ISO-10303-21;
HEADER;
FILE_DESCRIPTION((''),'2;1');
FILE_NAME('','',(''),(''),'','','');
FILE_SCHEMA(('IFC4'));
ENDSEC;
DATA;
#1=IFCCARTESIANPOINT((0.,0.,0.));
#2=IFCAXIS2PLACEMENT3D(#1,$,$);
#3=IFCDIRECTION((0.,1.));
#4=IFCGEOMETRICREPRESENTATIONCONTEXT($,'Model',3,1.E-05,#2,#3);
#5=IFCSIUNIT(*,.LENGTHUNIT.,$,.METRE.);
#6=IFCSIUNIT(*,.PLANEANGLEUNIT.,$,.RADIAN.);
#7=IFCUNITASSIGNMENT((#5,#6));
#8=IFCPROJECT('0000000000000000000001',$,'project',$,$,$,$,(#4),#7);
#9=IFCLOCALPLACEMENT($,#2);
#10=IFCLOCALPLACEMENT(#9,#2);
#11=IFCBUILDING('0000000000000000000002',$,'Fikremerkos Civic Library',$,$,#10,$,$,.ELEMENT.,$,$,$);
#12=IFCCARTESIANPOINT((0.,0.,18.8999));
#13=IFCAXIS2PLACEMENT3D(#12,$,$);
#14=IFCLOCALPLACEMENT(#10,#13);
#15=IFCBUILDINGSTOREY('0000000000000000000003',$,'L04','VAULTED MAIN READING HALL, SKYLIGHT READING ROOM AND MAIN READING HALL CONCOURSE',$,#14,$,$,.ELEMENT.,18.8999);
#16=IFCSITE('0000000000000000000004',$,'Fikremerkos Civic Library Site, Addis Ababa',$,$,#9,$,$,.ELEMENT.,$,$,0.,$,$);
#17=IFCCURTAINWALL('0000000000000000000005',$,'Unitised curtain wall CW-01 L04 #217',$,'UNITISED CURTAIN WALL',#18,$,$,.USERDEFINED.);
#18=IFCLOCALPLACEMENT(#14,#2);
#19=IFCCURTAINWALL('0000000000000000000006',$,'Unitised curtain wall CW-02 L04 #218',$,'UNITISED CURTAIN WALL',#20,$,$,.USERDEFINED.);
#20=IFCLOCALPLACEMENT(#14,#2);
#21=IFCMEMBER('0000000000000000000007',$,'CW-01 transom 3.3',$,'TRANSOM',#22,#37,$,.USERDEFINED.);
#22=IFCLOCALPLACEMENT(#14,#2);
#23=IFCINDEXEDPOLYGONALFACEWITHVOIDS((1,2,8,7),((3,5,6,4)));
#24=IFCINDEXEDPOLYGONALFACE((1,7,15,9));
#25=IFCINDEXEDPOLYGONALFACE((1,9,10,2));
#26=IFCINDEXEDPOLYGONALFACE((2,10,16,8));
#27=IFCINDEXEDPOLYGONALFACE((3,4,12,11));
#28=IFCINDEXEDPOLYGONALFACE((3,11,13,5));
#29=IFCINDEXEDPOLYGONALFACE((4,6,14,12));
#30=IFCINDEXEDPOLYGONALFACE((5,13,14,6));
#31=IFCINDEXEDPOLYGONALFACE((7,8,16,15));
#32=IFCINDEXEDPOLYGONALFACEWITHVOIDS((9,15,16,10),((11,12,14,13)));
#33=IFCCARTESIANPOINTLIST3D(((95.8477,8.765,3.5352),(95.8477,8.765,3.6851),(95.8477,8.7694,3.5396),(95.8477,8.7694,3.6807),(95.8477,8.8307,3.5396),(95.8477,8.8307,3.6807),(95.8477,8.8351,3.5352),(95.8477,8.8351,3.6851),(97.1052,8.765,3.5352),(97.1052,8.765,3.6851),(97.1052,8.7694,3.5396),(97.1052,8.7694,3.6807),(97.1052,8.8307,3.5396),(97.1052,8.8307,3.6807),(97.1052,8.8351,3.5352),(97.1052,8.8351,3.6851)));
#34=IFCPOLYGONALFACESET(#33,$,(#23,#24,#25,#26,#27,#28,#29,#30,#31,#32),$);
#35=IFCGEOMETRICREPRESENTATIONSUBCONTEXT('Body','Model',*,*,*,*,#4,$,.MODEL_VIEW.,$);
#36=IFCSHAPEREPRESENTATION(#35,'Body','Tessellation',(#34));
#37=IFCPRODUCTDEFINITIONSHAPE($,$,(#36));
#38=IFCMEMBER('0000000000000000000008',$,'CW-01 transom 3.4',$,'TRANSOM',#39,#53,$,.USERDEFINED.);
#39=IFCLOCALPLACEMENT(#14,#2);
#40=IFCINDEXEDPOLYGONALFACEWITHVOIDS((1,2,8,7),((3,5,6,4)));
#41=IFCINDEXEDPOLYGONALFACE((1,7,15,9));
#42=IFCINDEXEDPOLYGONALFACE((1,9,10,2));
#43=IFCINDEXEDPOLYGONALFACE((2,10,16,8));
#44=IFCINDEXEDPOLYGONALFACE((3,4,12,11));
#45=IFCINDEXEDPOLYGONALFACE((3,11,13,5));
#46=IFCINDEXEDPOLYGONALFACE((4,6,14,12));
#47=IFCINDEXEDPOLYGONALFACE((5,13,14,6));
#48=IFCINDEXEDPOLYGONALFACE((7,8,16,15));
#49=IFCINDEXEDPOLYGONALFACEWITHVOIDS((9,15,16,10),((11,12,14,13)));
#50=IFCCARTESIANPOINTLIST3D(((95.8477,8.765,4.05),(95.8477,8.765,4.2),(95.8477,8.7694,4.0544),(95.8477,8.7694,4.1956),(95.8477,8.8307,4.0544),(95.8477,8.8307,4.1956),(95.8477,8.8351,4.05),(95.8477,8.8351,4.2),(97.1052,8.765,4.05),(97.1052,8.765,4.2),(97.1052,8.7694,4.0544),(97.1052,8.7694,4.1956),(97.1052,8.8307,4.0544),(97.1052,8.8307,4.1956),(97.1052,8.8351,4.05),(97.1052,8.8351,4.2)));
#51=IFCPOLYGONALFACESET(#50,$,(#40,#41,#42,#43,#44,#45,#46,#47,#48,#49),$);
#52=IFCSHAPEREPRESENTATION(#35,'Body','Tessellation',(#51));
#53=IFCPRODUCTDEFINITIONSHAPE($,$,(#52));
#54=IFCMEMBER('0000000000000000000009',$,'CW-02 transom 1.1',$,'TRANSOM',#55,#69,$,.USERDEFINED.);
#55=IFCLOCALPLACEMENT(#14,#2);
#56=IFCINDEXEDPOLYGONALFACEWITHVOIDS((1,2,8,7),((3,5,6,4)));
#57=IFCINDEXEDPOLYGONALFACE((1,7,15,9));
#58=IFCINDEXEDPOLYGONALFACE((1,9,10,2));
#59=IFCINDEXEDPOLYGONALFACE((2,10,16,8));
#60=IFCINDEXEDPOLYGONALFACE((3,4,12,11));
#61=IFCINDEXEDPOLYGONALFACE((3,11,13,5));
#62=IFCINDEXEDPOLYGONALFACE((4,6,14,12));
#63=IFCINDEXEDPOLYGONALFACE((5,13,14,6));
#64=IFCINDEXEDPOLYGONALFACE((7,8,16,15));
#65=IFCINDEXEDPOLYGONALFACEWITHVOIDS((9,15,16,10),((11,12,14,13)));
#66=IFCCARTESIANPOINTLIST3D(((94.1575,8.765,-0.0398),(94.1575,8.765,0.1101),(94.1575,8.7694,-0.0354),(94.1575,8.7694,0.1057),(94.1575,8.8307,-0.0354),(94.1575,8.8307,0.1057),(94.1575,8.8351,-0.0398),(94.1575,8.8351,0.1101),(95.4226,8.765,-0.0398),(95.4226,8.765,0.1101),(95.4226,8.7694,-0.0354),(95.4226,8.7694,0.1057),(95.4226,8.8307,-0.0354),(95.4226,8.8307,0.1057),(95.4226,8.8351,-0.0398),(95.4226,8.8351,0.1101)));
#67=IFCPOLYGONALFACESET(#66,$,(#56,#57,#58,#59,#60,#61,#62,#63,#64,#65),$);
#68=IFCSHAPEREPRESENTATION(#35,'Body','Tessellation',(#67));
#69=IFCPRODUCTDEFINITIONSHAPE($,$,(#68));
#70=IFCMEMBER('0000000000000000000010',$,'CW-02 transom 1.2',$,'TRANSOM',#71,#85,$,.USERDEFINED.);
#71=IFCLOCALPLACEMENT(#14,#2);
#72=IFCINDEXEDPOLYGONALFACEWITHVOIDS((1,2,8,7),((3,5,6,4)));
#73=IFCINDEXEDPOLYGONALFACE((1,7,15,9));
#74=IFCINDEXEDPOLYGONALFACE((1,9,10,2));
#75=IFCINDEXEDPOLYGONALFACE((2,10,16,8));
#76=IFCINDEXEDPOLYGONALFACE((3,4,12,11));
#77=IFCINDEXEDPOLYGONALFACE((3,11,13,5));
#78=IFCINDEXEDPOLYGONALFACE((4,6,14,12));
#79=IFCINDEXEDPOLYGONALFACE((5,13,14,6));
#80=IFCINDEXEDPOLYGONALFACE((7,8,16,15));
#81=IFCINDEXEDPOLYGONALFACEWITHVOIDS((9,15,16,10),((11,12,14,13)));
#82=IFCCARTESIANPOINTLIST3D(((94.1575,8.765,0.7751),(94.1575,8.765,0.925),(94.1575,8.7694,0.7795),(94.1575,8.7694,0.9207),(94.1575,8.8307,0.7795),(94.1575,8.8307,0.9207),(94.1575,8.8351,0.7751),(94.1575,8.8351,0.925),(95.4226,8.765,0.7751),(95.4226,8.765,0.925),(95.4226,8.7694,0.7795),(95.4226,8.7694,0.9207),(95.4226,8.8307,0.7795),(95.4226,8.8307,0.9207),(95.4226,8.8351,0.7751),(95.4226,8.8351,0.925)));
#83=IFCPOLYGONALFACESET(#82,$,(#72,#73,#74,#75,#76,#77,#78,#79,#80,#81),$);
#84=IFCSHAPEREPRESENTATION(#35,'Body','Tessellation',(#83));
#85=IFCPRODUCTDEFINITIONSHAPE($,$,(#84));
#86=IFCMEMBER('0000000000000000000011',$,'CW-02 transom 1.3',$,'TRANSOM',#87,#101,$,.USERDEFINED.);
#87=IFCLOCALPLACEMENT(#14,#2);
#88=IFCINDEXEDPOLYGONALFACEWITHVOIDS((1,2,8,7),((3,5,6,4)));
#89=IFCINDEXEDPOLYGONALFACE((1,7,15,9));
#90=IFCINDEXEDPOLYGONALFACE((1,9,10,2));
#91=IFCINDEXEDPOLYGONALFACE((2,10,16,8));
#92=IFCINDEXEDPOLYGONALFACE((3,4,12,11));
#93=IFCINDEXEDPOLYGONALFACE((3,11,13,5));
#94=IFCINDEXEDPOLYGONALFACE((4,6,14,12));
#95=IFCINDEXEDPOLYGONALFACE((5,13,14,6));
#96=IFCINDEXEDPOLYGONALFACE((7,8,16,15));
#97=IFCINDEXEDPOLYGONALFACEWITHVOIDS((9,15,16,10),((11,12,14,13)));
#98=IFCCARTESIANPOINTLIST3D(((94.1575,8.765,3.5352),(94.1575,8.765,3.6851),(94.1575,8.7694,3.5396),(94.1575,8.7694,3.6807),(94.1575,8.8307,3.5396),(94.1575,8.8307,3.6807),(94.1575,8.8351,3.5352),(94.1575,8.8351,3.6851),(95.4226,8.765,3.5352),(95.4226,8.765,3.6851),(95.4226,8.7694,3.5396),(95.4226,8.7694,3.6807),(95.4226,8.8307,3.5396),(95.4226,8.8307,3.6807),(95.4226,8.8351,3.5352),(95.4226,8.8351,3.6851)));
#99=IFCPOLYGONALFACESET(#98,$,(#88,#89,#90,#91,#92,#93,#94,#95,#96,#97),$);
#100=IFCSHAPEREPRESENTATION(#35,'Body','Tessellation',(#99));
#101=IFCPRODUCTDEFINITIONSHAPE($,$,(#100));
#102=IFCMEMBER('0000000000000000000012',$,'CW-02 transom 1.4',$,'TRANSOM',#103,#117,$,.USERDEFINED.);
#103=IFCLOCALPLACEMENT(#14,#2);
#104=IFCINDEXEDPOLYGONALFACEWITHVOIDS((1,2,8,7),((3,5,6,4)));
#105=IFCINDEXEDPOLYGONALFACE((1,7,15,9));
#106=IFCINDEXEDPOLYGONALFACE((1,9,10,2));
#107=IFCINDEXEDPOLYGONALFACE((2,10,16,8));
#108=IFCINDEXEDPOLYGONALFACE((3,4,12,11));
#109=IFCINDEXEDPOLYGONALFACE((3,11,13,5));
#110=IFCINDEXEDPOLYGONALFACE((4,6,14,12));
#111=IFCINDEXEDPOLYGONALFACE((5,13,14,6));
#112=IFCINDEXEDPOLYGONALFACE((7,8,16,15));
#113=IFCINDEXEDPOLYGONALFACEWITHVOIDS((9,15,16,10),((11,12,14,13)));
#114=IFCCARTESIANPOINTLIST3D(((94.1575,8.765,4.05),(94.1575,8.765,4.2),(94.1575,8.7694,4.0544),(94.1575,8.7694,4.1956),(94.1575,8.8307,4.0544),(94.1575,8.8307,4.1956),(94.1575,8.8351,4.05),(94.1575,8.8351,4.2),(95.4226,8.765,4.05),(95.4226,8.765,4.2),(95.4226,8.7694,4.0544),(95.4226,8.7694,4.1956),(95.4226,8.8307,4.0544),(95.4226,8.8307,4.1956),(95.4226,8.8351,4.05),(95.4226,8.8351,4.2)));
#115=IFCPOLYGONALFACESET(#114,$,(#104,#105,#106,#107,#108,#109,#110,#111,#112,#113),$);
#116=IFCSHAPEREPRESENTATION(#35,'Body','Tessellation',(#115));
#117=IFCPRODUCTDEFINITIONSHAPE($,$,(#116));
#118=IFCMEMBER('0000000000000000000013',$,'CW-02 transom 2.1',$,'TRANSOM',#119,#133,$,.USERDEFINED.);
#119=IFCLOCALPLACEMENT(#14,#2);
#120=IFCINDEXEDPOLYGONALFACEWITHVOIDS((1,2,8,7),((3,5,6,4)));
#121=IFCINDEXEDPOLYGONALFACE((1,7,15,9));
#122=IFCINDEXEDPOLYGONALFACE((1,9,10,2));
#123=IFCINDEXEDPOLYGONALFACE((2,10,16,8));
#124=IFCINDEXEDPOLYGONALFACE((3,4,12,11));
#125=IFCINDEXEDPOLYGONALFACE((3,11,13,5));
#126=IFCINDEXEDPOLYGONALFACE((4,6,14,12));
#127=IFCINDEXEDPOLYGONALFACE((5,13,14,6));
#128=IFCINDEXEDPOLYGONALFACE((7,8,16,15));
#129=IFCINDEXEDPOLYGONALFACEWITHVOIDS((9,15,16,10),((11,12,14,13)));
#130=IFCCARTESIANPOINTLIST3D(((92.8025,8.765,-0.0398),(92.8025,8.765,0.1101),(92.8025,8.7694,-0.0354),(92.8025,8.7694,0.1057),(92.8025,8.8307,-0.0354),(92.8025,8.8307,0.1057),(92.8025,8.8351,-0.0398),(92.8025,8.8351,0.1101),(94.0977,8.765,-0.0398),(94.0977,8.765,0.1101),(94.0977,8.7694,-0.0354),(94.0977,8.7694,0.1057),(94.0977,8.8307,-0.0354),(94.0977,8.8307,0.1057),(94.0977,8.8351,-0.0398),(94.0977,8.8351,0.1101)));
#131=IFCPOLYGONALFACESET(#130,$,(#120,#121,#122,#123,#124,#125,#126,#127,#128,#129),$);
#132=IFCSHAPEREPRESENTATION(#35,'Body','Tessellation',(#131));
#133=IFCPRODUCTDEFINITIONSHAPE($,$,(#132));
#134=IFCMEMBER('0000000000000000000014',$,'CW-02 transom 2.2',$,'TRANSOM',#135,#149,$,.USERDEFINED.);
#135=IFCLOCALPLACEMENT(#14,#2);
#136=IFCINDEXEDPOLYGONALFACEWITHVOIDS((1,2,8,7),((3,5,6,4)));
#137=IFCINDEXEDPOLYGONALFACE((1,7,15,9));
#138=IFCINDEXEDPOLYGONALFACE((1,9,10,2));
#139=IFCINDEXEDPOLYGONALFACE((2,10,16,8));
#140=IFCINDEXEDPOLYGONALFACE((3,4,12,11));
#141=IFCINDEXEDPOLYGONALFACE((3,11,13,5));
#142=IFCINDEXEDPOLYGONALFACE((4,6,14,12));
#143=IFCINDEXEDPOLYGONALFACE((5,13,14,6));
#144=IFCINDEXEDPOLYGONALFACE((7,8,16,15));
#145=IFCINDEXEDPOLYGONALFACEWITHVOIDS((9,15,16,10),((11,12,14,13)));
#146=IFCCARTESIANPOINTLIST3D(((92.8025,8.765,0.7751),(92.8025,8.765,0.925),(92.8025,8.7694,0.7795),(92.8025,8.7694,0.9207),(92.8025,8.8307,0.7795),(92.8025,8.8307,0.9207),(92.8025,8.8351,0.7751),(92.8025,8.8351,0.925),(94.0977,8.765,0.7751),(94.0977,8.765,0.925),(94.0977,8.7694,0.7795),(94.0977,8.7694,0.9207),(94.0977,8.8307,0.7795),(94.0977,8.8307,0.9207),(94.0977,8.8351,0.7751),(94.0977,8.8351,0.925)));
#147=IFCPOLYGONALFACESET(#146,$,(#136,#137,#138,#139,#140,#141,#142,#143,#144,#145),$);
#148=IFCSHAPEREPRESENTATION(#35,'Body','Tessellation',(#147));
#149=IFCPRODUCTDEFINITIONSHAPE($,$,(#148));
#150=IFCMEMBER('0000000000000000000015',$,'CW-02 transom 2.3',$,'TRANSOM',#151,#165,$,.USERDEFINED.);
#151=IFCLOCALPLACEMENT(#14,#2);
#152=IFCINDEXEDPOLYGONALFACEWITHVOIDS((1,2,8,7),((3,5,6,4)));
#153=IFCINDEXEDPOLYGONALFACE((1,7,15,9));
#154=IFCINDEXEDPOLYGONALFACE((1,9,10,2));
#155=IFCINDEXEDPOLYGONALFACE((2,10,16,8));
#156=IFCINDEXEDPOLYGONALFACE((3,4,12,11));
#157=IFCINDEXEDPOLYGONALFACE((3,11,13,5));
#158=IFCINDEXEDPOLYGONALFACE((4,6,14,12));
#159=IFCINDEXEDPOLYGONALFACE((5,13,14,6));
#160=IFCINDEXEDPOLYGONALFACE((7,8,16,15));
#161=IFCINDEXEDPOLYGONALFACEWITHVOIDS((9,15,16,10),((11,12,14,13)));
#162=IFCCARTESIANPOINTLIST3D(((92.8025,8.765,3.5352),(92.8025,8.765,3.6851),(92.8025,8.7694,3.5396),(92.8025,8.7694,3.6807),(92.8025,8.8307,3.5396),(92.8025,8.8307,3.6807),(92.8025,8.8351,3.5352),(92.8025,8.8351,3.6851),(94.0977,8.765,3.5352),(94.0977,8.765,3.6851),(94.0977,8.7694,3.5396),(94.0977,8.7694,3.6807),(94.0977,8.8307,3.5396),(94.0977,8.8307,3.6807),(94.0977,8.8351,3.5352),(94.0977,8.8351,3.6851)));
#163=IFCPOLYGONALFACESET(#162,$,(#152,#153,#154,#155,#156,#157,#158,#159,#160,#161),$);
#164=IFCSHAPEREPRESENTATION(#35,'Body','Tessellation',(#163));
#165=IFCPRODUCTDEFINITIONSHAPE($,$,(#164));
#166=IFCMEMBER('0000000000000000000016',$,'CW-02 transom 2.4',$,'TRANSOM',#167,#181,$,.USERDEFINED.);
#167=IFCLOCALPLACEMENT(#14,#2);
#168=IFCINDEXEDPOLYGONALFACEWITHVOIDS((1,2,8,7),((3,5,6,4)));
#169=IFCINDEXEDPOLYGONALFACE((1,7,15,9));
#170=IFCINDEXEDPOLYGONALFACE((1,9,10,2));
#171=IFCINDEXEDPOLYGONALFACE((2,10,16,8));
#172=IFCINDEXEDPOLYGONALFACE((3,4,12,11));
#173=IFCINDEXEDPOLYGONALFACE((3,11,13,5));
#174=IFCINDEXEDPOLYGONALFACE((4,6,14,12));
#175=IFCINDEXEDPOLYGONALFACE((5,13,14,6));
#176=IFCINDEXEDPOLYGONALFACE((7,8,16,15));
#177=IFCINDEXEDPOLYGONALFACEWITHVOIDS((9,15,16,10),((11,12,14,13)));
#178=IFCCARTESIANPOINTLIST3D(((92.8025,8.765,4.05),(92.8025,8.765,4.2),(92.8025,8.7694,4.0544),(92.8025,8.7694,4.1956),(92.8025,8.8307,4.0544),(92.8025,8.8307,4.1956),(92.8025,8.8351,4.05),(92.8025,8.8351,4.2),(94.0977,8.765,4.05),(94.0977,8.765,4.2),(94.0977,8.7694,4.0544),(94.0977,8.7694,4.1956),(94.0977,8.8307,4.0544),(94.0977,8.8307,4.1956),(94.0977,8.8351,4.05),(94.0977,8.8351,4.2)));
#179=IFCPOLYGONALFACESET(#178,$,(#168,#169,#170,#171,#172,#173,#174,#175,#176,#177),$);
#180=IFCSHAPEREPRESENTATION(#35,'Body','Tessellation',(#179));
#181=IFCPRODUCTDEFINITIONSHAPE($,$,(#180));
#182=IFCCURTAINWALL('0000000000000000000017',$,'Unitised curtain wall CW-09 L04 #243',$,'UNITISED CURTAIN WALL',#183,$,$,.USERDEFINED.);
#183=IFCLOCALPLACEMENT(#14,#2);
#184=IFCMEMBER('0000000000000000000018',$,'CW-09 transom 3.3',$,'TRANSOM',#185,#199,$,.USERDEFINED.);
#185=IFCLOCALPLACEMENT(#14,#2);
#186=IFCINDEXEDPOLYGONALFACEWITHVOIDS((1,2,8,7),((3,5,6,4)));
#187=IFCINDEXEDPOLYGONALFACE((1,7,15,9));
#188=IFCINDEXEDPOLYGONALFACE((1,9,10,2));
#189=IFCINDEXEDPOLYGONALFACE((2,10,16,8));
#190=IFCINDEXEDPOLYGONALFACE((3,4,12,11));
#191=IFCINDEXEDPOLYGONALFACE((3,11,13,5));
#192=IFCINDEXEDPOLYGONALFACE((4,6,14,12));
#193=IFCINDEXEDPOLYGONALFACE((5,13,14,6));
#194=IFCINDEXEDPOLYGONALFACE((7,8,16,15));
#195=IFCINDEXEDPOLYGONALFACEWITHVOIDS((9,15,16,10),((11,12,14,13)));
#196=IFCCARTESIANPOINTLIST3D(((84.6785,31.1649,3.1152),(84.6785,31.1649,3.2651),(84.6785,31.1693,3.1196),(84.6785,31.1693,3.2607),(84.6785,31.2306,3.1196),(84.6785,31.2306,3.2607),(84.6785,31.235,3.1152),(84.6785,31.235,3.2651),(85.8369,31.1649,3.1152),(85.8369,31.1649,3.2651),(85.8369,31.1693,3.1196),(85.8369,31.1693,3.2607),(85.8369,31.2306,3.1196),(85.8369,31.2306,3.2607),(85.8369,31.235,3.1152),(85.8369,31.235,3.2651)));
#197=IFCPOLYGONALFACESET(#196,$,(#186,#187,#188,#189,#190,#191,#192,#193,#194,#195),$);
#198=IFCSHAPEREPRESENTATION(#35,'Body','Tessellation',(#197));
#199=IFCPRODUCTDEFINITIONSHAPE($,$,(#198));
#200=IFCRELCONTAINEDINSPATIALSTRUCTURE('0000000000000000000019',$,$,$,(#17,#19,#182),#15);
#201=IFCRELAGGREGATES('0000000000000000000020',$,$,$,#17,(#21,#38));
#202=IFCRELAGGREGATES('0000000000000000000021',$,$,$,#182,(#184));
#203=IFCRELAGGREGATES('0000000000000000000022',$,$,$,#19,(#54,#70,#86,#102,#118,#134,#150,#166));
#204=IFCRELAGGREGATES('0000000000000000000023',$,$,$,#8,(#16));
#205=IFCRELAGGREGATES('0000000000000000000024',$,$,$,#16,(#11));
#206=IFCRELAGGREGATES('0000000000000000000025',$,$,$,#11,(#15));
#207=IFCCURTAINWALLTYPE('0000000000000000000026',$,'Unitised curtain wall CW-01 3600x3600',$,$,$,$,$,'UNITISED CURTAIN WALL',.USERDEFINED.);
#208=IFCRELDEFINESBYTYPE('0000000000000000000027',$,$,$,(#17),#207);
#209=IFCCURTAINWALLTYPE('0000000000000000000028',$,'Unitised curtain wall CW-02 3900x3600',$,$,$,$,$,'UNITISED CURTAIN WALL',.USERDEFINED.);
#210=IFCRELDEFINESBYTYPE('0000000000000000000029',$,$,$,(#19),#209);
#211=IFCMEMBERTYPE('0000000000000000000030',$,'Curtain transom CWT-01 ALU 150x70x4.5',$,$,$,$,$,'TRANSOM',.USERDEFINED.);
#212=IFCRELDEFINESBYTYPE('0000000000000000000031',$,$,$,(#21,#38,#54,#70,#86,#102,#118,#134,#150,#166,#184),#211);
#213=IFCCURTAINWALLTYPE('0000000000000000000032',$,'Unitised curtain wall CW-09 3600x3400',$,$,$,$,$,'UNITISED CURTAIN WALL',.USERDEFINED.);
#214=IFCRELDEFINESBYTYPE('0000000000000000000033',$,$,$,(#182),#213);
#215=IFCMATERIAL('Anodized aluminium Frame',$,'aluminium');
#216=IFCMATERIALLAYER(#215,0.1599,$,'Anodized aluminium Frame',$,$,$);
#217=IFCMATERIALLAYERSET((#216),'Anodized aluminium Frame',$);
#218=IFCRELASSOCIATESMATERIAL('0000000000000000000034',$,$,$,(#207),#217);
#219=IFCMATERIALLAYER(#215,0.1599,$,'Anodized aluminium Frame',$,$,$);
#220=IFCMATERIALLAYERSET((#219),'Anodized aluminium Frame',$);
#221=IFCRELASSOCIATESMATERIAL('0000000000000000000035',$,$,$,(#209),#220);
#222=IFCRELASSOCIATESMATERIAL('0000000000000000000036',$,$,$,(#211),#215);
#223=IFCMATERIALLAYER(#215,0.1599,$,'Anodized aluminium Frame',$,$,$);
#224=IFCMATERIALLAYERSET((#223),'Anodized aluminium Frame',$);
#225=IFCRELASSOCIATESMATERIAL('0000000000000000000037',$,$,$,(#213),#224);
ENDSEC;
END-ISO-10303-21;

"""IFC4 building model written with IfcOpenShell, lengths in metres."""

from ifc_helpers import new_model, si_unit, direction, frame, origin, origin_2d, place, context, subcontext, project, spatial, hollow_rectangle, extrude, material, layer, layer_set, material_profile, profile_set, type_object, element, aggregate, save


model = new_model("IFC4")

# Units and contexts
model_context = context("Model", 3, precision=1e-05, world=origin(), true_north=direction((0.0, 1.0)))
body_context = subcontext(model_context, "Body", "Model", "MODEL_VIEW")
ifc_project = project(units=[si_unit("LENGTHUNIT", "METRE"), si_unit("PLANEANGLEUNIT", "RADIAN")], contexts=[model_context])

# Site, building, storey
site_placement = place(None, origin())
site = spatial("IfcSite", under=ifc_project, at=site_placement, Name="Fikremerkos Civic Library Site, Addis Ababa", CompositionType="ELEMENT", RefElevation=0.0)
building_placement = place(site_placement, origin())
building = spatial("IfcBuilding", under=site, at=building_placement, Name="Fikremerkos Civic Library", CompositionType="ELEMENT")
storey_placement = place(building_placement, frame((0.0, 0.0, 18.8999)))
storey = spatial("IfcBuildingStorey", under=building, at=storey_placement, Name="L04", Description="VAULTED MAIN READING HALL, SKYLIGHT READING ROOM AND MAIN READING HALL CONCOURSE", CompositionType="ELEMENT", Elevation=18.8999)

# Curtain walls
ifc_material_1 = material(Name="Anodized aluminium Frame", Category="aluminium")
ifc_layer_1 = layer(ifc_material_1, 0.1599, Name="Anodized aluminium Frame")
ifc_layer_set_1 = layer_set([ifc_layer_1], Name="Anodized aluminium Frame")
curtain_wall_type_1 = type_object("IfcCurtainWallType", Name="Unitised curtain wall CW-01 3600x3600", ElementType="UNITISED CURTAIN WALL", PredefinedType="USERDEFINED", material=ifc_layer_set_1)
curtain_wall_1_placement = place(storey_placement, origin())
curtain_wall_1 = element("IfcCurtainWall", 1, at=curtain_wall_1_placement, inside=storey, type_object=curtain_wall_type_1, Name="Unitised curtain wall CW-01 L04 #217", ObjectType="UNITISED CURTAIN WALL", PredefinedType="USERDEFINED")
ifc_layer_2 = layer(ifc_material_1, 0.1599, Name="Anodized aluminium Frame")
ifc_layer_set_2 = layer_set([ifc_layer_2], Name="Anodized aluminium Frame")
curtain_wall_type_2 = type_object("IfcCurtainWallType", Name="Unitised curtain wall CW-02 3900x3600", ElementType="UNITISED CURTAIN WALL", PredefinedType="USERDEFINED", material=ifc_layer_set_2)
curtain_wall_2_placement = place(storey_placement, origin())
curtain_wall_2 = element("IfcCurtainWall", 2, at=curtain_wall_2_placement, inside=storey, type_object=curtain_wall_type_2, Name="Unitised curtain wall CW-02 L04 #218", ObjectType="UNITISED CURTAIN WALL", PredefinedType="USERDEFINED")

# Members
ifc_material_profile_1 = material_profile(ifc_material_1, hollow_rectangle(XDim=0.0701, YDim=0.1499, WallThickness=0.0044, at=origin_2d()), Name="ALU 150x70x4.5")
ifc_profile_set_1 = profile_set([ifc_material_profile_1], Name="Anodized aluminium Frame")
member_type_1 = type_object("IfcMemberType", Name="Curtain transom CWT-01 ALU 150x70x4.5", ElementType="TRANSOM", PredefinedType="USERDEFINED", material=ifc_profile_set_1)
member_1_placement = place(storey_placement, frame((97.1052, 8.8, 3.6101), z_axis=(-1.0, 0.0, 0.0), x_axis=(0.0, -1.0, 0.0)))
member_1 = element("IfcMember", 3, at=member_1_placement, type_object=member_type_1, Name="CW-01 transom 3.3", ObjectType="TRANSOM", PredefinedType="USERDEFINED", context=body_context, shape_type="SweptSolid", body=[
    extrude(hollow_rectangle(XDim=0.0701, YDim=0.1499, WallThickness=0.0044, at=origin_2d()), origin(), (0.0, 0.0, 1.0), 1.2576),
])
member_2_placement = place(storey_placement, frame((97.1052, 8.8, 4.125), z_axis=(-1.0, 0.0, 0.0), x_axis=(0.0, -1.0, 0.0)))
member_2 = element("IfcMember", 4, at=member_2_placement, type_object=member_type_1, Name="CW-01 transom 3.4", ObjectType="TRANSOM", PredefinedType="USERDEFINED", context=body_context, shape_type="SweptSolid", body=[
    extrude(hollow_rectangle(XDim=0.0701, YDim=0.1499, WallThickness=0.0044, at=origin_2d()), origin(), (0.0, 0.0, 1.0), 1.2576),
])
member_3_placement = place(storey_placement, frame((95.4226, 8.8, 0.0352), z_axis=(-1.0, 0.0, 0.0), x_axis=(0.0, -1.0, 0.0)))
member_3 = element("IfcMember", 5, at=member_3_placement, type_object=member_type_1, Name="CW-02 transom 1.1", ObjectType="TRANSOM", PredefinedType="USERDEFINED", context=body_context, shape_type="SweptSolid", body=[
    extrude(hollow_rectangle(XDim=0.0701, YDim=0.1499, WallThickness=0.0044, at=origin_2d()), origin(), (0.0, 0.0, 1.0), 1.2651),
])
member_4_placement = place(storey_placement, frame((95.4226, 8.8, 0.8501), z_axis=(-1.0, 0.0, 0.0), x_axis=(0.0, -1.0, 0.0)))
member_4 = element("IfcMember", 6, at=member_4_placement, type_object=member_type_1, Name="CW-02 transom 1.2", ObjectType="TRANSOM", PredefinedType="USERDEFINED", context=body_context, shape_type="SweptSolid", body=[
    extrude(hollow_rectangle(XDim=0.0701, YDim=0.1499, WallThickness=0.0044, at=origin_2d()), origin(), (0.0, 0.0, 1.0), 1.2651),
])
member_5_placement = place(storey_placement, frame((95.4226, 8.8, 3.6101), z_axis=(-1.0, 0.0, 0.0), x_axis=(0.0, -1.0, 0.0)))
member_5 = element("IfcMember", 7, at=member_5_placement, type_object=member_type_1, Name="CW-02 transom 1.3", ObjectType="TRANSOM", PredefinedType="USERDEFINED", context=body_context, shape_type="SweptSolid", body=[
    extrude(hollow_rectangle(XDim=0.0701, YDim=0.1499, WallThickness=0.0044, at=origin_2d()), origin(), (0.0, 0.0, 1.0), 1.2651),
])
member_6_placement = place(storey_placement, frame((95.4226, 8.8, 4.125), z_axis=(-1.0, 0.0, 0.0), x_axis=(0.0, -1.0, 0.0)))
member_6 = element("IfcMember", 8, at=member_6_placement, type_object=member_type_1, Name="CW-02 transom 1.4", ObjectType="TRANSOM", PredefinedType="USERDEFINED", context=body_context, shape_type="SweptSolid", body=[
    extrude(hollow_rectangle(XDim=0.0701, YDim=0.1499, WallThickness=0.0044, at=origin_2d()), origin(), (0.0, 0.0, 1.0), 1.2651),
])
member_7_placement = place(storey_placement, frame((94.0977, 8.8, 0.0352), z_axis=(-1.0, 0.0, 0.0), x_axis=(0.0, -1.0, 0.0)))
member_7 = element("IfcMember", 9, at=member_7_placement, type_object=member_type_1, Name="CW-02 transom 2.1", ObjectType="TRANSOM", PredefinedType="USERDEFINED", context=body_context, shape_type="SweptSolid", body=[
    extrude(hollow_rectangle(XDim=0.0701, YDim=0.1499, WallThickness=0.0044, at=origin_2d()), origin(), (0.0, 0.0, 1.0), 1.2952),
])
member_8_placement = place(storey_placement, frame((94.0977, 8.8, 0.8501), z_axis=(-1.0, 0.0, 0.0), x_axis=(0.0, -1.0, 0.0)))
member_8 = element("IfcMember", 10, at=member_8_placement, type_object=member_type_1, Name="CW-02 transom 2.2", ObjectType="TRANSOM", PredefinedType="USERDEFINED", context=body_context, shape_type="SweptSolid", body=[
    extrude(hollow_rectangle(XDim=0.0701, YDim=0.1499, WallThickness=0.0044, at=origin_2d()), origin(), (0.0, 0.0, 1.0), 1.2952),
])
member_9_placement = place(storey_placement, frame((94.0977, 8.8, 3.6101), z_axis=(-1.0, 0.0, 0.0), x_axis=(0.0, -1.0, 0.0)))
member_9 = element("IfcMember", 11, at=member_9_placement, type_object=member_type_1, Name="CW-02 transom 2.3", ObjectType="TRANSOM", PredefinedType="USERDEFINED", context=body_context, shape_type="SweptSolid", body=[
    extrude(hollow_rectangle(XDim=0.0701, YDim=0.1499, WallThickness=0.0044, at=origin_2d()), origin(), (0.0, 0.0, 1.0), 1.2952),
])
member_10_placement = place(storey_placement, frame((94.0977, 8.8, 4.125), z_axis=(-1.0, 0.0, 0.0), x_axis=(0.0, -1.0, 0.0)))
member_10 = element("IfcMember", 12, at=member_10_placement, type_object=member_type_1, Name="CW-02 transom 2.4", ObjectType="TRANSOM", PredefinedType="USERDEFINED", context=body_context, shape_type="SweptSolid", body=[
    extrude(hollow_rectangle(XDim=0.0701, YDim=0.1499, WallThickness=0.0044, at=origin_2d()), origin(), (0.0, 0.0, 1.0), 1.2952),
])

# Curtain wall, member
ifc_layer_3 = layer(ifc_material_1, 0.1599, Name="Anodized aluminium Frame")
ifc_layer_set_3 = layer_set([ifc_layer_3], Name="Anodized aluminium Frame")
curtain_wall_type_3 = type_object("IfcCurtainWallType", Name="Unitised curtain wall CW-09 3600x3400", ElementType="UNITISED CURTAIN WALL", PredefinedType="USERDEFINED", material=ifc_layer_set_3)
curtain_wall_3_placement = place(storey_placement, origin())
curtain_wall_3 = element("IfcCurtainWall", 13, at=curtain_wall_3_placement, inside=storey, type_object=curtain_wall_type_3, Name="Unitised curtain wall CW-09 L04 #243", ObjectType="UNITISED CURTAIN WALL", PredefinedType="USERDEFINED")
member_11_placement = place(storey_placement, frame((84.6785, 31.2, 3.1902), z_axis=(1.0, 0.0, 0.0), x_axis=(0.0, 1.0, 0.0)))
member_11 = element("IfcMember", 14, at=member_11_placement, type_object=member_type_1, Name="CW-09 transom 3.3", ObjectType="TRANSOM", PredefinedType="USERDEFINED", context=body_context, shape_type="SweptSolid", body=[
    extrude(hollow_rectangle(XDim=0.0701, YDim=0.1499, WallThickness=0.0044, at=origin_2d()), origin(), (0.0, 0.0, 1.0), 1.1584),
])

aggregate(curtain_wall_1, [member_1, member_2])
aggregate(curtain_wall_3, [member_11])
aggregate(curtain_wall_2, [member_3, member_4, member_5, member_6, member_7, member_8, member_9, member_10])

save(model, "model.ifc")
